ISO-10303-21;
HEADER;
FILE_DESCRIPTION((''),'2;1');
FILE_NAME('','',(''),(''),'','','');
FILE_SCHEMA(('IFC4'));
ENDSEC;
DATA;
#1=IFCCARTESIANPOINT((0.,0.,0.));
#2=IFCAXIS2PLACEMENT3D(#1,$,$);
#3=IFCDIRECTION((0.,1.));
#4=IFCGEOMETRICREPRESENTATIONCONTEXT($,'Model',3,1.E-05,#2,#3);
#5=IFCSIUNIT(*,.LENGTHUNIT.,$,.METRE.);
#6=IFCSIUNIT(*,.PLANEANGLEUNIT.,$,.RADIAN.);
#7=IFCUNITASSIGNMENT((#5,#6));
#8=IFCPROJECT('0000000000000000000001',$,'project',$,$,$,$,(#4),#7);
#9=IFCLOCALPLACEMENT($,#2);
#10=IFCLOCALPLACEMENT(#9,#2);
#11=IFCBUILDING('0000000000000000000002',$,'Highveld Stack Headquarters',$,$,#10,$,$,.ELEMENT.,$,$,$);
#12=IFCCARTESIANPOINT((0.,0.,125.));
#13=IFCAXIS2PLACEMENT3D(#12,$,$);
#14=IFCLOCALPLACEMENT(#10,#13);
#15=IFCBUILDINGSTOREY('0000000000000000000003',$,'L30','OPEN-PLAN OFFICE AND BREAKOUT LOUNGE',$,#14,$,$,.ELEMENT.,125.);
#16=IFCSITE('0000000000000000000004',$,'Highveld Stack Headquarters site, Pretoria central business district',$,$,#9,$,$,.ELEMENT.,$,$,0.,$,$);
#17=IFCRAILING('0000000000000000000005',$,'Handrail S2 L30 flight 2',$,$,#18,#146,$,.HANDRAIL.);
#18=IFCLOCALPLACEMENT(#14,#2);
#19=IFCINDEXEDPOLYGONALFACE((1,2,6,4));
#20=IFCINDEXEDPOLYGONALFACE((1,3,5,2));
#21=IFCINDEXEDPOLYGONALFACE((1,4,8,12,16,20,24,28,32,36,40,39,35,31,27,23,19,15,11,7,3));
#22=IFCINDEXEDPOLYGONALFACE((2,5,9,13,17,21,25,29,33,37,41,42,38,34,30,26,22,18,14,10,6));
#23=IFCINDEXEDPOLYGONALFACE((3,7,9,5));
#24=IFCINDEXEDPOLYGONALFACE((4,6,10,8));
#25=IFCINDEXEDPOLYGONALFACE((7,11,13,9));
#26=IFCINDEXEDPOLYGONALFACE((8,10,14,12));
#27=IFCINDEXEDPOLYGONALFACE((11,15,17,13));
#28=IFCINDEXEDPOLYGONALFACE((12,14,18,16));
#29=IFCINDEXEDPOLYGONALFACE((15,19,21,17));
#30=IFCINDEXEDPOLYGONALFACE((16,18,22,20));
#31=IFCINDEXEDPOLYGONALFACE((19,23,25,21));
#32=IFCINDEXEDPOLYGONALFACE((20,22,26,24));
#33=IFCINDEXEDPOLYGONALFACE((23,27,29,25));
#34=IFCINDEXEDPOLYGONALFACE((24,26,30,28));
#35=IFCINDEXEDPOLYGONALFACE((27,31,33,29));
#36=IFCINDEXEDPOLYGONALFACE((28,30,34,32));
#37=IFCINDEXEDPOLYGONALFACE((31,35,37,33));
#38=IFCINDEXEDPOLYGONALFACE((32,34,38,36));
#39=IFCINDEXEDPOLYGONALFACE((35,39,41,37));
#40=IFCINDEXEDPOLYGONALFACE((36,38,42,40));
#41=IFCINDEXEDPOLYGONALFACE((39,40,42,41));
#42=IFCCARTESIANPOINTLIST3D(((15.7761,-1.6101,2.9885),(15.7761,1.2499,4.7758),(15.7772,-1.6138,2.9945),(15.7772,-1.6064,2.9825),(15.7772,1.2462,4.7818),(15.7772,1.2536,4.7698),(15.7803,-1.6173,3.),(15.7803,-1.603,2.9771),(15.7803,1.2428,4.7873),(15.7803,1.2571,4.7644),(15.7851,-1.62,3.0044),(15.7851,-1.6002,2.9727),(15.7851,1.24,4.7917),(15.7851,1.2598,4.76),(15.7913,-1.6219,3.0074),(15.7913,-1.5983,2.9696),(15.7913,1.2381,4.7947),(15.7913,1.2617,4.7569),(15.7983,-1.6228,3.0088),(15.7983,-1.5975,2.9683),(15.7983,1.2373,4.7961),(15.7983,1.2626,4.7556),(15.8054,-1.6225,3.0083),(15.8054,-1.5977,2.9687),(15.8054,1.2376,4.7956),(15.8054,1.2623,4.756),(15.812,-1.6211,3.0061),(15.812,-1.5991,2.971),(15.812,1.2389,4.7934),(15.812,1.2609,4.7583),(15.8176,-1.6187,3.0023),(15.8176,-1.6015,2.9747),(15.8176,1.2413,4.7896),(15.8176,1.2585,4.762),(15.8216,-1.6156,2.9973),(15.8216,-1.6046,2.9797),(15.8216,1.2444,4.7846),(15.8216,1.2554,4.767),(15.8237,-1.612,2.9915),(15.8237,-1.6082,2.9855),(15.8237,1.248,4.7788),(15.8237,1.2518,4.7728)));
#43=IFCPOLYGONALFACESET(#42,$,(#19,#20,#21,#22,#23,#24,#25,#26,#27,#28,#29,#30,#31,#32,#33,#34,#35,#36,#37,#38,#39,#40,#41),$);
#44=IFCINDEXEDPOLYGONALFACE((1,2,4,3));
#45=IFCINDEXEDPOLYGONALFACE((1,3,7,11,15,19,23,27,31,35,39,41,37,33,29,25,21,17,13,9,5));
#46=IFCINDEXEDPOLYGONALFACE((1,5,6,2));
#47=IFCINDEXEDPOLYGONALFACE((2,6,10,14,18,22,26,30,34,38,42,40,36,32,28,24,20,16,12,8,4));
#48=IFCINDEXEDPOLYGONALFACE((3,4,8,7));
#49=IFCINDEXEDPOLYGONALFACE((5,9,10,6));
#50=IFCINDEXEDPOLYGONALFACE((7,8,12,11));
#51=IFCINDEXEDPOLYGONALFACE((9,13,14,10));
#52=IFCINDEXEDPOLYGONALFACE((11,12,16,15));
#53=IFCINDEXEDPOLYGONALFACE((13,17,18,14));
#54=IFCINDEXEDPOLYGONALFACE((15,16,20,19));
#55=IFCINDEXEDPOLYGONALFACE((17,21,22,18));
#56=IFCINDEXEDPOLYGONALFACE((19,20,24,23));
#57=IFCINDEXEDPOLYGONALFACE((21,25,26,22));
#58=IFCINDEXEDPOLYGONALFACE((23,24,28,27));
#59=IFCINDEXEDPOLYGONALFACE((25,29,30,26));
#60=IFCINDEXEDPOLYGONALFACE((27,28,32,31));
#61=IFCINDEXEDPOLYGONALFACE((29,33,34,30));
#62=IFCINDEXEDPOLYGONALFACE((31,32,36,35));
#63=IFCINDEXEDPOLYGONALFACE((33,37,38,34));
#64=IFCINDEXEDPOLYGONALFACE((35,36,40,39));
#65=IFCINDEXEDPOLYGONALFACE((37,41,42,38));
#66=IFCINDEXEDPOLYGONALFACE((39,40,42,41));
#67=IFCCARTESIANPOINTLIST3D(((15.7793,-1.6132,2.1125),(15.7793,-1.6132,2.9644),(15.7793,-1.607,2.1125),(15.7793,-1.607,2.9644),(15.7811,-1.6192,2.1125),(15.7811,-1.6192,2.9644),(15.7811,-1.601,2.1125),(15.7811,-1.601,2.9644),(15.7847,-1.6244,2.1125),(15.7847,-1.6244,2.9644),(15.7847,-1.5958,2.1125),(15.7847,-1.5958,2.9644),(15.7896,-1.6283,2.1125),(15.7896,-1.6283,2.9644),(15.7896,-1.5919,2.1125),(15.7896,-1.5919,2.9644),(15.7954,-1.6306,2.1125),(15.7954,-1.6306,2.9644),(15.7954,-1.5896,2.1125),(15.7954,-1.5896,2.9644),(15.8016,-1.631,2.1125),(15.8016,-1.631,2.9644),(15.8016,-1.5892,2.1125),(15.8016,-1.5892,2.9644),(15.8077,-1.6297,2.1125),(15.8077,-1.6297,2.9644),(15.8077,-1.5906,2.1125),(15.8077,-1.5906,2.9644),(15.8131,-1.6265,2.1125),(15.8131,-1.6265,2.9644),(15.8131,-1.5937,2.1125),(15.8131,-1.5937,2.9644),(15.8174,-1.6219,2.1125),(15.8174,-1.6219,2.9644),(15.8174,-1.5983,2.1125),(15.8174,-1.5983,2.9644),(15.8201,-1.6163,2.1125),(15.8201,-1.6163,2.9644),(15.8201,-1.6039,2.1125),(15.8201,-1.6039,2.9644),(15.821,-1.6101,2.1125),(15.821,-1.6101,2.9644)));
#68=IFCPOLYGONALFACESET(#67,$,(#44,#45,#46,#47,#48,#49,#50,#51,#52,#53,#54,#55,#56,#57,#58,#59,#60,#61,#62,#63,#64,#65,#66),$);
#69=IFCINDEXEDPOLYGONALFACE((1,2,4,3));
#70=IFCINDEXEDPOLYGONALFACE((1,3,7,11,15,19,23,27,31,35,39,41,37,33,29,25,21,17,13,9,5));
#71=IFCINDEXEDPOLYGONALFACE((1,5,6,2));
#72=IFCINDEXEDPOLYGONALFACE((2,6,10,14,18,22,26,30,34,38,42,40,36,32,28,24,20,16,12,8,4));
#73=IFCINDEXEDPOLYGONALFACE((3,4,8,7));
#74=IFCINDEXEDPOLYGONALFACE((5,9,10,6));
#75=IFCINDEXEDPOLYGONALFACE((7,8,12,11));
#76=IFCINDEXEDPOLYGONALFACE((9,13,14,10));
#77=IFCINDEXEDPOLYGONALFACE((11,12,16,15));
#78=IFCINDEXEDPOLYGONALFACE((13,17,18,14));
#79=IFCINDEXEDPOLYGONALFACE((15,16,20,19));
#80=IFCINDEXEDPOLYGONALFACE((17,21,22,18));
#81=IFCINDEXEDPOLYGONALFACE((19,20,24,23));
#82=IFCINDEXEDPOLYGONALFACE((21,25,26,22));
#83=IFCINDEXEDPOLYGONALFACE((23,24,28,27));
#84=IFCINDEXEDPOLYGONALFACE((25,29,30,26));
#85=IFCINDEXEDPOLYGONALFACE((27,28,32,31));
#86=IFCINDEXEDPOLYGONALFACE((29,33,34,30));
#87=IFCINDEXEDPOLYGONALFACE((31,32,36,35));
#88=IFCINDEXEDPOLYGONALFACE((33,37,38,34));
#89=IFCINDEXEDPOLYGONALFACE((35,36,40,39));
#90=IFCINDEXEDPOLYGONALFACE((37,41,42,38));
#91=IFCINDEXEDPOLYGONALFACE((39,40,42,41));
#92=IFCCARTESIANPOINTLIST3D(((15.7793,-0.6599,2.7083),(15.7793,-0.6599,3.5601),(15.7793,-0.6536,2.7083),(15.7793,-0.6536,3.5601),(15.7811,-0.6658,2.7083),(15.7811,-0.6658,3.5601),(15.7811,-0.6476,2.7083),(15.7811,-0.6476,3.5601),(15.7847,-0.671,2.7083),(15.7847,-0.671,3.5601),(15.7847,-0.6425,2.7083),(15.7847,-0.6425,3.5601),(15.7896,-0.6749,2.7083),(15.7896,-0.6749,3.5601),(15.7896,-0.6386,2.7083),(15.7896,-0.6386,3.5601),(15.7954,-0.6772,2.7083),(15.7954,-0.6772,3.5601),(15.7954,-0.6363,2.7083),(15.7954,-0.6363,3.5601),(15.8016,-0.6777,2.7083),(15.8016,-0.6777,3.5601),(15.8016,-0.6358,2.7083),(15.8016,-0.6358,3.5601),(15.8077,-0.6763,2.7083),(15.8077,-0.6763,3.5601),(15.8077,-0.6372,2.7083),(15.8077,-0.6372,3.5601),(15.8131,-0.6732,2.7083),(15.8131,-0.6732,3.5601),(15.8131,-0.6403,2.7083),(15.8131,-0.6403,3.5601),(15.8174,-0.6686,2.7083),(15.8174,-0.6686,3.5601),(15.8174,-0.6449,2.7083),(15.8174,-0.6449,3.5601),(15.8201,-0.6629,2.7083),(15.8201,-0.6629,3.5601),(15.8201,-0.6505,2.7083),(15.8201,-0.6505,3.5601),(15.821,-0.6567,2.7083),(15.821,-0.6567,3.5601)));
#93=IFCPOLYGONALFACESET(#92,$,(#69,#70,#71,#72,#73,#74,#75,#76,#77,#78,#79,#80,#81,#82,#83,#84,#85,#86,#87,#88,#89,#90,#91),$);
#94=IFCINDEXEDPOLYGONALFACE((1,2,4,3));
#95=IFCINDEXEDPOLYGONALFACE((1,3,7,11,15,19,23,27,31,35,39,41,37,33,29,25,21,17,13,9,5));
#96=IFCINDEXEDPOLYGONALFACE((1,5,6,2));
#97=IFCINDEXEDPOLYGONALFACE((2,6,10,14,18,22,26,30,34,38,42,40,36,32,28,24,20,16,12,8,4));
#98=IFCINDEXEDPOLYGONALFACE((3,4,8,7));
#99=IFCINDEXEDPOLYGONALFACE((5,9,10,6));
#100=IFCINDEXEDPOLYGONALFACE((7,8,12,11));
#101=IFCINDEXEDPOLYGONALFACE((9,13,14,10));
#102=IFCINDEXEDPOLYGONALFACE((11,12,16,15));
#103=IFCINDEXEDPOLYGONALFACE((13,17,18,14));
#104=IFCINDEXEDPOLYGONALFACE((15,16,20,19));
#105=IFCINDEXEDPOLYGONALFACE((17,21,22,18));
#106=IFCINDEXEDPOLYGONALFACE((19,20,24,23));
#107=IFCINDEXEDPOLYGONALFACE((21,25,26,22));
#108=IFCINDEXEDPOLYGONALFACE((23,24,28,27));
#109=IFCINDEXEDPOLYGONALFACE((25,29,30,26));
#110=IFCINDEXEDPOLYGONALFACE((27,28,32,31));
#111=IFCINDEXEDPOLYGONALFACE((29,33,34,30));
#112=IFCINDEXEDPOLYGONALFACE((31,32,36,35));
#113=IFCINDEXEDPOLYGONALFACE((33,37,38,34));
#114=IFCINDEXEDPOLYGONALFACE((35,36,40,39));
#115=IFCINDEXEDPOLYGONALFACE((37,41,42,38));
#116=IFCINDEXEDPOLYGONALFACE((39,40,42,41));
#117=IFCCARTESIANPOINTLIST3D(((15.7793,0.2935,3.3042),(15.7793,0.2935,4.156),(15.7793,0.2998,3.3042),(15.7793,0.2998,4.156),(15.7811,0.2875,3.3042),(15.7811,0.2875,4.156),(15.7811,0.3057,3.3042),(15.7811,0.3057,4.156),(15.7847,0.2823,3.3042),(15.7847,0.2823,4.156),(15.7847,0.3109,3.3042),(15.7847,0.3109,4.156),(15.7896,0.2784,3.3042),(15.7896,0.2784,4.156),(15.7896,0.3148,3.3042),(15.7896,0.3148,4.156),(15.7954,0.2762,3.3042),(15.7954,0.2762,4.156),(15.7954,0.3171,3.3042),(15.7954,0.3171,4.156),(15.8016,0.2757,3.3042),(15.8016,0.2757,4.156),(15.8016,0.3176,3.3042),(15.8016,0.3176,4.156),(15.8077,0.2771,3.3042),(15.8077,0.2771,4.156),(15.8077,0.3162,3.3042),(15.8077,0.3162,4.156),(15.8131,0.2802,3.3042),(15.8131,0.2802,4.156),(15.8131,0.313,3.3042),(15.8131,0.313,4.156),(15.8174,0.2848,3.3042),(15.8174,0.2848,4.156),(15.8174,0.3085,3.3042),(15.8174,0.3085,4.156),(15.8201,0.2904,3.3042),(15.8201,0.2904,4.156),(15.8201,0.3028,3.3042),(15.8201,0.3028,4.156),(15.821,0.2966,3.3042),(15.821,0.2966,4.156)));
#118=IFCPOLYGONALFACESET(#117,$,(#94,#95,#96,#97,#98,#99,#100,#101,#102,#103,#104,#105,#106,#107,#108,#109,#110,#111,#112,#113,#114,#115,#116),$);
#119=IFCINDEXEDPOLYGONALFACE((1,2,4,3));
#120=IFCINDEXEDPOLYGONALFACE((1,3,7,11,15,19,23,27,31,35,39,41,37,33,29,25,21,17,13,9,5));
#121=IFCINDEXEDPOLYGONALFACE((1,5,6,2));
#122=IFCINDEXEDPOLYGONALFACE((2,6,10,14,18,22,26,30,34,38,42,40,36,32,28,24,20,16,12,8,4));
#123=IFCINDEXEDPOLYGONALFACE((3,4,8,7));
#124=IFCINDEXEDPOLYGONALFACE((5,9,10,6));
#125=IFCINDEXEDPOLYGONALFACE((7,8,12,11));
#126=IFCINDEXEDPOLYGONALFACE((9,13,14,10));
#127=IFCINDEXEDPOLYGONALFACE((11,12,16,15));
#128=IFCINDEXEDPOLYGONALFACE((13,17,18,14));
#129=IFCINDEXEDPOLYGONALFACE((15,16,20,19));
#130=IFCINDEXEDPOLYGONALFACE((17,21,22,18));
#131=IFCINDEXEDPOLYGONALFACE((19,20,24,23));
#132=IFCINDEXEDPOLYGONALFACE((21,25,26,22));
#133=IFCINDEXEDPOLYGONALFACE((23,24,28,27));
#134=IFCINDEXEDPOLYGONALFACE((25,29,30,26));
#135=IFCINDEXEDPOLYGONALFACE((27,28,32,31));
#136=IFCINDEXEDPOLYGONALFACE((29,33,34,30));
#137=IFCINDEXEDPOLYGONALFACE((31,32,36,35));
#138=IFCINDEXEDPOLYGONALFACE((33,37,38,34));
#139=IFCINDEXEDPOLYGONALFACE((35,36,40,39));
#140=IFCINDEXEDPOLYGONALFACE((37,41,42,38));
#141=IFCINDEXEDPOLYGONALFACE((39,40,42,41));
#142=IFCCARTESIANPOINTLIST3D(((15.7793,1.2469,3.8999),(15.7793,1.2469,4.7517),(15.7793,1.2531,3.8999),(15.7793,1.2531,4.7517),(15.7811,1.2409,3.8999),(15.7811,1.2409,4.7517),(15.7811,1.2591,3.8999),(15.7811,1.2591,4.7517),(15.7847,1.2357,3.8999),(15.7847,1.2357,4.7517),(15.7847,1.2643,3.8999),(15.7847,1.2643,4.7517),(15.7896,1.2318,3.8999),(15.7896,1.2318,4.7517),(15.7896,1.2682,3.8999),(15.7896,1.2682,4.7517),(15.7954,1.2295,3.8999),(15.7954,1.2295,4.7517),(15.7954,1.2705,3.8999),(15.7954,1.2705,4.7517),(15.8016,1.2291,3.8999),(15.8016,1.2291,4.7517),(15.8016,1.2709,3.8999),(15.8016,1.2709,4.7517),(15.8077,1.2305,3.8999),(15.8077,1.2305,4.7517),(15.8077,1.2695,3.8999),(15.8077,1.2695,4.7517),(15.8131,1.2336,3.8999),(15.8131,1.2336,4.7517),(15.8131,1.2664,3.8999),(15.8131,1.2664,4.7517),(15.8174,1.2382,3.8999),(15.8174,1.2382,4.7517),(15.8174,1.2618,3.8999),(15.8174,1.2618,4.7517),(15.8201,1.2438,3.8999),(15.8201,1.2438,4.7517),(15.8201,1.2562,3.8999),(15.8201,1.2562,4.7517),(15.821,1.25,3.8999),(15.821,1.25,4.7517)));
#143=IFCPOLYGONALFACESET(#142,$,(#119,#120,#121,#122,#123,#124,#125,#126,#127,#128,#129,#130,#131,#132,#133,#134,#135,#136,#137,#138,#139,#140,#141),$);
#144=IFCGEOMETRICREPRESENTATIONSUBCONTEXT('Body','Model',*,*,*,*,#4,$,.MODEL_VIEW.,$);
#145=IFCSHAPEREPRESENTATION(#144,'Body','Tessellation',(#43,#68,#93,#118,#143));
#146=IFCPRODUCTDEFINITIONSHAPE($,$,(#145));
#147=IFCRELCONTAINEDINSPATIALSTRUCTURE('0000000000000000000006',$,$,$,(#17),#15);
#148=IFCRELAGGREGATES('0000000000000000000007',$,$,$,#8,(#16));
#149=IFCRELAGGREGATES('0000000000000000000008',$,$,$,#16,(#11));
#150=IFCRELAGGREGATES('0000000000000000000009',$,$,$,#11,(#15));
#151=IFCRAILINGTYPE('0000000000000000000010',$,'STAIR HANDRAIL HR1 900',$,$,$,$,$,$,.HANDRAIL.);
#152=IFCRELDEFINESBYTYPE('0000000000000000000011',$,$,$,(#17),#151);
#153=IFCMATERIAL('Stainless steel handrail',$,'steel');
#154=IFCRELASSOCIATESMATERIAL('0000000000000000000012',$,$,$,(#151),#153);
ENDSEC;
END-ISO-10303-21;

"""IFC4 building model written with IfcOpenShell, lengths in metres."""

from ifc_helpers import new_model, si_unit, direction, frame, origin, origin_2d, place, context, subcontext, project, spatial, circle, extrude, material, type_object, element, save


model = new_model("IFC4")

# Units and contexts
model_context = context("Model", 3, precision=1e-05, world=origin(), true_north=direction((0.0, 1.0)))
body_context = subcontext(model_context, "Body", "Model", "MODEL_VIEW")
ifc_project = project(units=[si_unit("LENGTHUNIT", "METRE"), si_unit("PLANEANGLEUNIT", "RADIAN")], contexts=[model_context])

# Site, building, storey
site_placement = place(None, origin())
site = spatial("IfcSite", under=ifc_project, at=site_placement, Name="Highveld Stack Headquarters site, Pretoria central business district", CompositionType="ELEMENT", RefElevation=0.0)
building_placement = place(site_placement, origin())
building = spatial("IfcBuilding", under=site, at=building_placement, Name="Highveld Stack Headquarters", CompositionType="ELEMENT")
storey_placement = place(building_placement, frame((0.0, 0.0, 125.0)))
storey = spatial("IfcBuildingStorey", under=building, at=storey_placement, Name="L30", Description="OPEN-PLAN OFFICE AND BREAKOUT LOUNGE", CompositionType="ELEMENT", Elevation=125.0)

# Railing
ifc_material_1 = material(Name="Stainless steel handrail", Category="steel")
railing_type = type_object("IfcRailingType", Name="STAIR HANDRAIL HR1 900", PredefinedType="HANDRAIL", material=ifc_material_1)
railing_placement = place(storey_placement, frame((15.8, -1.6101, 2.1125)))
element("IfcRailing", 1, at=railing_placement, inside=storey, type_object=railing_type, Name="Handrail S2 L30 flight 2", PredefinedType="HANDRAIL", context=body_context, shape_type="SweptSolid", body=[
    extrude(circle(Radius=0.0239, at=origin_2d()), frame((0.0, 0.0, 0.876), z_axis=(0.0, 0.848027, 0.529953), x_axis=(-1.0, 0.0, 0.0)), (0.0, 0.0, 1.0), 3.3726),
    extrude(circle(Radius=0.021, at=origin_2d()), origin(), (0.0, 0.0, 1.0), 0.8518),
    extrude(circle(Radius=0.021, at=origin_2d()), frame((0.0, 0.9534, 0.5957)), (0.0, 0.0, 1.0), 0.8518),
    extrude(circle(Radius=0.021, at=origin_2d()), frame((0.0, 1.9067, 1.1917)), (0.0, 0.0, 1.0), 0.8518),
    extrude(circle(Radius=0.021, at=origin_2d()), frame((0.0, 2.8601, 1.7874)), (0.0, 0.0, 1.0), 0.8518),
])

save(model, "model.ifc")
